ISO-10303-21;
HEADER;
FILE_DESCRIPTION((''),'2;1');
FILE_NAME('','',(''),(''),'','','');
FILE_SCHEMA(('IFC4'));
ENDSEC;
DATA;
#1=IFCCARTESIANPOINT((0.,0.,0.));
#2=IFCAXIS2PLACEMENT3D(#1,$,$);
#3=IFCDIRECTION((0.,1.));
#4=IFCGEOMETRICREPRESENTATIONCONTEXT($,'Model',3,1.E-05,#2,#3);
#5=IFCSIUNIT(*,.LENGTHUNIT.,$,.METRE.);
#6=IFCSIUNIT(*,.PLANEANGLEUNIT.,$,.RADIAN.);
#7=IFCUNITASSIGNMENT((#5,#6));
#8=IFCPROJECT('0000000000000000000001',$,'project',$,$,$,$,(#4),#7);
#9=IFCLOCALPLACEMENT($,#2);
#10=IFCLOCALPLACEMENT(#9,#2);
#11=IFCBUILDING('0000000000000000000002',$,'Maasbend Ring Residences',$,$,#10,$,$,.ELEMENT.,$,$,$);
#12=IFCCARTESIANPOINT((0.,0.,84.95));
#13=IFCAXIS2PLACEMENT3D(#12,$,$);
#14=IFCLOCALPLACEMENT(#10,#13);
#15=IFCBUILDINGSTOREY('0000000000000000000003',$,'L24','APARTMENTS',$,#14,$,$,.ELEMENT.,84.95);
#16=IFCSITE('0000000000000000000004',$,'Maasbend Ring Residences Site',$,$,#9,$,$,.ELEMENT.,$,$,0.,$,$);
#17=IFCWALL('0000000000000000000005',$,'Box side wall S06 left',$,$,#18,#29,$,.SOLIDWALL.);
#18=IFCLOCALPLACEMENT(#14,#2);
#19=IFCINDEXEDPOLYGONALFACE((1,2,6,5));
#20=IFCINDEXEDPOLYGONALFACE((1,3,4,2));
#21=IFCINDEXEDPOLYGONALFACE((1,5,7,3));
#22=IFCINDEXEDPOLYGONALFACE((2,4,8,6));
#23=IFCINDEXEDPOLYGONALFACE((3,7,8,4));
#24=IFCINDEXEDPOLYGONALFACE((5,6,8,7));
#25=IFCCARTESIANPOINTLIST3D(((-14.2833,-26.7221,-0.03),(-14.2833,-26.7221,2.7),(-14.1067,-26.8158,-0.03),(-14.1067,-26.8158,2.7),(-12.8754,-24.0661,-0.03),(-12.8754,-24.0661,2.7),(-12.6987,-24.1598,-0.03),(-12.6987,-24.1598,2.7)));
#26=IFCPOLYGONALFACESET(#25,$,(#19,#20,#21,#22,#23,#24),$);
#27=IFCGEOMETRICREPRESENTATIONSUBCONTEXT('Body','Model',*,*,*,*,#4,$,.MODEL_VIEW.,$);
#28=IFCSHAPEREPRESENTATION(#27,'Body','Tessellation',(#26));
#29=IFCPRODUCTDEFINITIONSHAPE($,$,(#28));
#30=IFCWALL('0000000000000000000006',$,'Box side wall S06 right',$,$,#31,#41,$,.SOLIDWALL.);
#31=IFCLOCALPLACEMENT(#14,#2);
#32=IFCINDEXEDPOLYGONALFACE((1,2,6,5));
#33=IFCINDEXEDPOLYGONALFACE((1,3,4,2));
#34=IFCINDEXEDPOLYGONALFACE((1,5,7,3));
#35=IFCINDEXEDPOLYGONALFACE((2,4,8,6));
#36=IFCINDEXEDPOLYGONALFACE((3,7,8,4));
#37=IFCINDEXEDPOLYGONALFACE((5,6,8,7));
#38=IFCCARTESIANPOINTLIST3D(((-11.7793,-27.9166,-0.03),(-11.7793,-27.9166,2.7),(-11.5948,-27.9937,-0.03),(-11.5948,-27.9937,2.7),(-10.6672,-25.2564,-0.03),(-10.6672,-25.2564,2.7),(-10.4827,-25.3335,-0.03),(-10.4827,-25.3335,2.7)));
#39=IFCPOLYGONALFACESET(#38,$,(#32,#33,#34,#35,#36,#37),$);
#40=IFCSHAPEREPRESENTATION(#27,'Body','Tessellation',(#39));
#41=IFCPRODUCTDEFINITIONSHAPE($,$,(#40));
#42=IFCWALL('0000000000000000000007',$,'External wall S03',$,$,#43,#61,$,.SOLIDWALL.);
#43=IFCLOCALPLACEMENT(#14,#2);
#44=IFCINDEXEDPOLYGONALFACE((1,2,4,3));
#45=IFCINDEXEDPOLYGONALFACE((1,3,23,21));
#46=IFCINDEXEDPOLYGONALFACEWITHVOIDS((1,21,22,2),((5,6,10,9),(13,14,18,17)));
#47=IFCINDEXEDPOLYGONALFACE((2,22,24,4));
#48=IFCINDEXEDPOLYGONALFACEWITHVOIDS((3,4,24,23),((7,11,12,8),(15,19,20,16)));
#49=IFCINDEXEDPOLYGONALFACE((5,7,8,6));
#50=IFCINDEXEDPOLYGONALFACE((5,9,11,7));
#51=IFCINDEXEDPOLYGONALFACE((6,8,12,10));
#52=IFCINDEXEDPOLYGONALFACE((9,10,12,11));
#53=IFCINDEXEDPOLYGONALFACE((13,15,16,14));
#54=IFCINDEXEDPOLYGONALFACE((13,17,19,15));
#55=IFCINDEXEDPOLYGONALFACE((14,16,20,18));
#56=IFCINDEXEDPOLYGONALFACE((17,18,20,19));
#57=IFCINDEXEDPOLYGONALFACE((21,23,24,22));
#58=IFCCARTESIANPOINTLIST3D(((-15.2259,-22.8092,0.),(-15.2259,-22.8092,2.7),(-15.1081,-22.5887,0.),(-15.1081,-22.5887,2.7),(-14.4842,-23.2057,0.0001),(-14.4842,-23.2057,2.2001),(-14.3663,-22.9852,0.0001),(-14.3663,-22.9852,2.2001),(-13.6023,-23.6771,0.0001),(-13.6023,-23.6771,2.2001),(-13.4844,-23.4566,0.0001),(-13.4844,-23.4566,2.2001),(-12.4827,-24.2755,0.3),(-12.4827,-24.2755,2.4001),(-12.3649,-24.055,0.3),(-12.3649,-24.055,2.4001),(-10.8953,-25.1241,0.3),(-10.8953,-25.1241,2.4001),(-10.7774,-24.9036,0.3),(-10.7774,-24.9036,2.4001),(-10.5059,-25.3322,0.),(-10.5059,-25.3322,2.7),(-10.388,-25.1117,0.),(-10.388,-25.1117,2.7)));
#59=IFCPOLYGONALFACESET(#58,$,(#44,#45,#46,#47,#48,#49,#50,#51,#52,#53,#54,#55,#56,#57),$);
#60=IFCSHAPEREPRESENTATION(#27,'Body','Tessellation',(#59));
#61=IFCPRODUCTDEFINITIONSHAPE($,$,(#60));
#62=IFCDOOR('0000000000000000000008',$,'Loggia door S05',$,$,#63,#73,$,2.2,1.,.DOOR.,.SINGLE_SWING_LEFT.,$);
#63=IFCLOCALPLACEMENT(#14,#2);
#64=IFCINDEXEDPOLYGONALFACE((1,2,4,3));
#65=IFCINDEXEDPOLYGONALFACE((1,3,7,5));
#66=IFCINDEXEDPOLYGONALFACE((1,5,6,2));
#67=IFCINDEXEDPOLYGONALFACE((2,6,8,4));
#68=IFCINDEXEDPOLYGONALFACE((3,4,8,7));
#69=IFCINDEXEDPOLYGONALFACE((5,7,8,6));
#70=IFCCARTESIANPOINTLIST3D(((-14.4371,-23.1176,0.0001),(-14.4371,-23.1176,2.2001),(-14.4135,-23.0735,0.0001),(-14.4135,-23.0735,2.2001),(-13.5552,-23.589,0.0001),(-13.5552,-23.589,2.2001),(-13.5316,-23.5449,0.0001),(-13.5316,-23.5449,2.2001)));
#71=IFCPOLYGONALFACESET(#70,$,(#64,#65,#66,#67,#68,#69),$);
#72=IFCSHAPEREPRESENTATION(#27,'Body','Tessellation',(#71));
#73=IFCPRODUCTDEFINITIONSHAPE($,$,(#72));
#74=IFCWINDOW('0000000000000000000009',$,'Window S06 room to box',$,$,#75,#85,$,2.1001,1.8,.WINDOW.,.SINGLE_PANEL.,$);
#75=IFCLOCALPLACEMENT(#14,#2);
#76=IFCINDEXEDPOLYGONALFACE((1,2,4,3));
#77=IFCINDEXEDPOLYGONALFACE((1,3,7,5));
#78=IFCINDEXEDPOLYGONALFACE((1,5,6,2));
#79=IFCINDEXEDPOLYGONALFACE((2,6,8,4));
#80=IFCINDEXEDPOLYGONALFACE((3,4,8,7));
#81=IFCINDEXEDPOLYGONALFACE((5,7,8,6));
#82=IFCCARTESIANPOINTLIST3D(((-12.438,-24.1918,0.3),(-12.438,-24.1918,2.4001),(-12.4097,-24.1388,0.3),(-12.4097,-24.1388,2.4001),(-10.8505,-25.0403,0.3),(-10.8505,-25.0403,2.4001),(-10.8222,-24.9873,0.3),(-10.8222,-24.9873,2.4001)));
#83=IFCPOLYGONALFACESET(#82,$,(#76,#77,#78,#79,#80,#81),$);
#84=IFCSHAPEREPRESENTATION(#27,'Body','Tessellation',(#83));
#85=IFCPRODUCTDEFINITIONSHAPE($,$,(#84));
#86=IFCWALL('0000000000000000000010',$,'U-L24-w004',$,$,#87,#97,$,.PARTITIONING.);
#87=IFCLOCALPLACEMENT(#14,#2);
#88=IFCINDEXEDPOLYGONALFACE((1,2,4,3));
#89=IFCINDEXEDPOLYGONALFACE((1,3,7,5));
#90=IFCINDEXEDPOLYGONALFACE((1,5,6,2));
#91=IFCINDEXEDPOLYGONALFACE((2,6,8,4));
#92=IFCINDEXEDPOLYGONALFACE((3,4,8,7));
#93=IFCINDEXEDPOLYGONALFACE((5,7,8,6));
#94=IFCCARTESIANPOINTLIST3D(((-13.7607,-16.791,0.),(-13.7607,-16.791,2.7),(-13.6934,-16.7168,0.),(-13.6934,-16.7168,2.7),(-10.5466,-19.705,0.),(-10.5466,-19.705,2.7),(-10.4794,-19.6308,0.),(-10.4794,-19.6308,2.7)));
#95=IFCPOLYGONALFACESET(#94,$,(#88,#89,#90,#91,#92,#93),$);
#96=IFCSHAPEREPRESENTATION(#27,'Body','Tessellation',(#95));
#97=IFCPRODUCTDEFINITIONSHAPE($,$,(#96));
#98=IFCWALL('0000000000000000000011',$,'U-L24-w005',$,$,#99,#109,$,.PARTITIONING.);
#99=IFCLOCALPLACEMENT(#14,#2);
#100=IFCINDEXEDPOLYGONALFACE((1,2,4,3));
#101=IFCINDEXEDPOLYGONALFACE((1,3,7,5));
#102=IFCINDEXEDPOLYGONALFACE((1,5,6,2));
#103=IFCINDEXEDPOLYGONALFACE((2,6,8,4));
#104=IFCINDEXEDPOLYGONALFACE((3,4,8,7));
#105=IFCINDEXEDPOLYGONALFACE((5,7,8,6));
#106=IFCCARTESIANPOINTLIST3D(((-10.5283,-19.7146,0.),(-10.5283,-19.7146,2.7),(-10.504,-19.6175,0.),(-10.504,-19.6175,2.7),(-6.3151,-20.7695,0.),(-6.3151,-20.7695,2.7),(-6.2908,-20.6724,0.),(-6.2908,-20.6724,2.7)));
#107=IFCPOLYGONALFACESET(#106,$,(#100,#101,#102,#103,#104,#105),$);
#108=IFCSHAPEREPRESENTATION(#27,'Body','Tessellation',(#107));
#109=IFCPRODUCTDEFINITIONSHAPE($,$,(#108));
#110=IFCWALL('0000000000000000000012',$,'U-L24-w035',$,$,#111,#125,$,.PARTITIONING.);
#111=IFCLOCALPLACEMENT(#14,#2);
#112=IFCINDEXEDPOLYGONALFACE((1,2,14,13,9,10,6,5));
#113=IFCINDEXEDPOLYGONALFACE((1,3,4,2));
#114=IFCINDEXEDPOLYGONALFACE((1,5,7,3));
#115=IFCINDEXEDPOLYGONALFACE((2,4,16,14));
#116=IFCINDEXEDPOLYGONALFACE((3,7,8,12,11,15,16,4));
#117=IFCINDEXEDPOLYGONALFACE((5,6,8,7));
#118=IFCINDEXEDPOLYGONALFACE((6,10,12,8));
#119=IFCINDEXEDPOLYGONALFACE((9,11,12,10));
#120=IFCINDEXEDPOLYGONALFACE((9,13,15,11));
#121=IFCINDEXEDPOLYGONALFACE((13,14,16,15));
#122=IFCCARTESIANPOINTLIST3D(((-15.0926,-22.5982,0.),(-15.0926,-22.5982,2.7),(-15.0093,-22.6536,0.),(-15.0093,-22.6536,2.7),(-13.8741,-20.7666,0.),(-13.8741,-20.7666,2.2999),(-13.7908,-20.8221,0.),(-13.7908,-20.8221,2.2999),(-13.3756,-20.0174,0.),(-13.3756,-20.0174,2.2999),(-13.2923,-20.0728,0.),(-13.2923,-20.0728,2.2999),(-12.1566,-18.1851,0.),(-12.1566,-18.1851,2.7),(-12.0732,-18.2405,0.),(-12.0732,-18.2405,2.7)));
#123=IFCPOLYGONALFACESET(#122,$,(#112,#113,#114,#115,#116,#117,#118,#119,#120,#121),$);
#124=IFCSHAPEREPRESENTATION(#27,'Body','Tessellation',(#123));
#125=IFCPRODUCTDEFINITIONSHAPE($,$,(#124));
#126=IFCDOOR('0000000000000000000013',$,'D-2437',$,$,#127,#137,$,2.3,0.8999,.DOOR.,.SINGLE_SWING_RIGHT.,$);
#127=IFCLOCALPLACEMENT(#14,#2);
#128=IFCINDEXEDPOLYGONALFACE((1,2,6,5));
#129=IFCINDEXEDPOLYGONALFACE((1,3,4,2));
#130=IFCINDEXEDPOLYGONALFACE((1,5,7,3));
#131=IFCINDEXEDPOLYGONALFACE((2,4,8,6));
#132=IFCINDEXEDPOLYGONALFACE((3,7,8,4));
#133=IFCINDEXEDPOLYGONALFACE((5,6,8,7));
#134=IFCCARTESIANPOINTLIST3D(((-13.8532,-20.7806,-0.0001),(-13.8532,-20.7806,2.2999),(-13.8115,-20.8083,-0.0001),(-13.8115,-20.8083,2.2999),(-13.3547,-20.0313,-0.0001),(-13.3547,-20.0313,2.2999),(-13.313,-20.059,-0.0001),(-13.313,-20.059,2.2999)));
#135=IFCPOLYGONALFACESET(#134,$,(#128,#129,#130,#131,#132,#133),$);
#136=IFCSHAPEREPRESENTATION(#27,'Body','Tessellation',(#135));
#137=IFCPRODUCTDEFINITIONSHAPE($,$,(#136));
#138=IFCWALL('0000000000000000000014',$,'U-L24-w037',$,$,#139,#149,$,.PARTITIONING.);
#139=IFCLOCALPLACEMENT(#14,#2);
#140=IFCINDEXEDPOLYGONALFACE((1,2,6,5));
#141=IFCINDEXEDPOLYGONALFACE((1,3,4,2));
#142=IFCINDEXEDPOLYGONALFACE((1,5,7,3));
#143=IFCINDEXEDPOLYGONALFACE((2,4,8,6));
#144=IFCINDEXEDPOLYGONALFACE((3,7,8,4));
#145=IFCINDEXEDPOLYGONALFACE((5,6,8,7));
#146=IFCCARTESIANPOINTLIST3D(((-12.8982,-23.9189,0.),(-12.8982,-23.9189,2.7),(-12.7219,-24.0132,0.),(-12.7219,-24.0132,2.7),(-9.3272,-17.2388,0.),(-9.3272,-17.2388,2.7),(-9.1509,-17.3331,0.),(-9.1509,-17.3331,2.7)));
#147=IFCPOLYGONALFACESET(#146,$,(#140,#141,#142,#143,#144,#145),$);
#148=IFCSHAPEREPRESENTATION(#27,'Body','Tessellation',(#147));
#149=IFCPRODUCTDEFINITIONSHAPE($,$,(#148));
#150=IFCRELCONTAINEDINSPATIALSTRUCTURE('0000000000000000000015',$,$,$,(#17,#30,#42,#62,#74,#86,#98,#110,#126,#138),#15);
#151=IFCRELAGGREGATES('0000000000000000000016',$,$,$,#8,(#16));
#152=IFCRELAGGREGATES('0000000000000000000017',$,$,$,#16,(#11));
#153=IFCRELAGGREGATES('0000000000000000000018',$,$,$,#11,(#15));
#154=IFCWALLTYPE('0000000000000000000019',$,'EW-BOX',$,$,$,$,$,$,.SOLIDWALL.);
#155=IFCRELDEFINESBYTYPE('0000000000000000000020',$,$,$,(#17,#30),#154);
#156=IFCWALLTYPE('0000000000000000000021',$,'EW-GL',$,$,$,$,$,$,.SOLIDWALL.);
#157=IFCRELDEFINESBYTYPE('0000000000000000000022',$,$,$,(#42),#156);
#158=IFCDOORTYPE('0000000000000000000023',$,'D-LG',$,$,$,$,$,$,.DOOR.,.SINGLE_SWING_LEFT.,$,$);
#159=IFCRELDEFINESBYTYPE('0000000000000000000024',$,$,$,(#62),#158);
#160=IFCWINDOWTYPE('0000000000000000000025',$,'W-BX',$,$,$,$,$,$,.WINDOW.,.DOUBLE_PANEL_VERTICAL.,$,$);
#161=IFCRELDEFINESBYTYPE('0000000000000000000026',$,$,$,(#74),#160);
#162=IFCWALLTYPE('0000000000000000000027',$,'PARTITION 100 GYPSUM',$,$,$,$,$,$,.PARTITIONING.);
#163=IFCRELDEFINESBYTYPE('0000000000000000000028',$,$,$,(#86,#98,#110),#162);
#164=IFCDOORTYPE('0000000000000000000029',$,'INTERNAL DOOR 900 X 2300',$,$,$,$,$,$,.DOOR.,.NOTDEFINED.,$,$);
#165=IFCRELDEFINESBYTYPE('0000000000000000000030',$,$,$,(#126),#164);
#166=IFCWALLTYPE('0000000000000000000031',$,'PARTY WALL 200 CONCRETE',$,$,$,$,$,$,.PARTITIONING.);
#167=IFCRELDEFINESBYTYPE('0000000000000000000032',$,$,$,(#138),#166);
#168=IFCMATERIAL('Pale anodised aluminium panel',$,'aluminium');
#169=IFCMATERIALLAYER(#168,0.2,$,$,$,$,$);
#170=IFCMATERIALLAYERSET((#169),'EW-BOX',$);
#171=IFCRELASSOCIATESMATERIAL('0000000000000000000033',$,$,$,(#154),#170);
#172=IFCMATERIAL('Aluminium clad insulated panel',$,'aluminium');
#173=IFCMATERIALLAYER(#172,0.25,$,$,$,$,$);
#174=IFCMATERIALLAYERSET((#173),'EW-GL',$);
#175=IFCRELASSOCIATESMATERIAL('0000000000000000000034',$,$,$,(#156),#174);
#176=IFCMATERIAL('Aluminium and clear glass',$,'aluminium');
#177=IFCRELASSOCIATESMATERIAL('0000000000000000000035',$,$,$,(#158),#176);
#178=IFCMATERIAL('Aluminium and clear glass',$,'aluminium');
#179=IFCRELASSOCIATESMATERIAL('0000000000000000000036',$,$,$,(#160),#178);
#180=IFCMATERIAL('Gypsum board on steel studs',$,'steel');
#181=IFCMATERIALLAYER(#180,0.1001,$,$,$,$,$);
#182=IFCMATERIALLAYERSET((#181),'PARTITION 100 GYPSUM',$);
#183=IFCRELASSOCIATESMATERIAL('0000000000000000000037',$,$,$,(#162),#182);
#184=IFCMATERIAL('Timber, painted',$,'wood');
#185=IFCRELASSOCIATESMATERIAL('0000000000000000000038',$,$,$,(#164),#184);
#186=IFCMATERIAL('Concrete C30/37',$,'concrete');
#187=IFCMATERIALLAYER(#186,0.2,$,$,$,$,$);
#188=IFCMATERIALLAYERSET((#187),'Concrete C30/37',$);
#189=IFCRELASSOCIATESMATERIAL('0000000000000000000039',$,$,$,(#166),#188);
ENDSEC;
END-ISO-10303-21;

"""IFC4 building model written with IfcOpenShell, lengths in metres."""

from ifc_helpers import new_model, si_unit, direction, frame, frame_2d, origin, place, context, subcontext, project, spatial, rectangle, extrude, material, layer, layer_set, type_object, element, fill, save


model = new_model("IFC4")

# Units and contexts
model_context = context("Model", 3, precision=1e-05, world=origin(), true_north=direction((0.0, 1.0)))
body_context = subcontext(model_context, "Body", "Model", "MODEL_VIEW")
ifc_project = project(units=[si_unit("LENGTHUNIT", "METRE"), si_unit("PLANEANGLEUNIT", "RADIAN")], contexts=[model_context])

# Site, building, storey
site_placement = place(None, origin())
site = spatial("IfcSite", under=ifc_project, at=site_placement, Name="Maasbend Ring Residences Site", CompositionType="ELEMENT", RefElevation=0.0)
building_placement = place(site_placement, origin())
building = spatial("IfcBuilding", under=site, at=building_placement, Name="Maasbend Ring Residences", CompositionType="ELEMENT")
storey_placement = place(building_placement, frame((0.0, 0.0, 84.95)))
storey = spatial("IfcBuildingStorey", under=building, at=storey_placement, Name="L24", Description="APARTMENTS", CompositionType="ELEMENT", Elevation=84.95)

# Shared definitions
ifc_material_1 = material(Name="Pale anodised aluminium panel", Category="aluminium")
ifc_layer_1 = layer(ifc_material_1, 0.2)
ifc_layer_set_1 = layer_set([ifc_layer_1], Name="EW-BOX")
wall_type_1 = type_object("IfcWallType", Name="EW-BOX", PredefinedType="SOLIDWALL", material=ifc_layer_set_1)

# Walls
wall_1_placement = place(storey_placement, frame((-12.7871, -24.113, -0.03), z_axis=(0.0, 0.0, 1.0), x_axis=(-0.468365, -0.883535, 0.0)))
element("IfcWall", 1, at=wall_1_placement, inside=storey, type_object=wall_type_1, Name="Box side wall S06 left", PredefinedType="SOLIDWALL", context=body_context, shape_type="SweptSolid", body=[
    extrude(rectangle(XDim=3.0061, YDim=0.2, at=frame_2d((1.5029, 0.0))), origin(), (0.0, 0.0, 1.0), 2.73),
])
wall_2_placement = place(storey_placement, frame((-10.575, -25.2949, -0.03), z_axis=(0.0, 0.0, 1.0), x_axis=(-0.385697, -0.922625, 0.0)))
element("IfcWall", 2, at=wall_2_placement, inside=storey, type_object=wall_type_1, Name="Box side wall S06 right", PredefinedType="SOLIDWALL", context=body_context, shape_type="SweptSolid", body=[
    extrude(rectangle(XDim=2.8833, YDim=0.2, at=frame_2d((1.4417, 0.0))), origin(), (0.0, 0.0, 1.0), 2.73),
])

# Wall, openings, door, window
ifc_material_2 = material(Name="Aluminium clad insulated panel", Category="aluminium")
ifc_layer_2 = layer(ifc_material_2, 0.25)
ifc_layer_set_2 = layer_set([ifc_layer_2], Name="EW-GL")
wall_type_2 = type_object("IfcWallType", Name="EW-GL", PredefinedType="SOLIDWALL", material=ifc_layer_set_2)
wall_3_placement = place(storey_placement, frame((-15.167, -22.699, 0.0), z_axis=(0.0, 0.0, 1.0), x_axis=(0.881916, -0.471407, 0.0)))
wall_3 = element("IfcWall", 3, at=wall_3_placement, inside=storey, type_object=wall_type_2, Name="External wall S03", PredefinedType="SOLIDWALL", context=body_context, shape_type="SweptSolid", body=[
    extrude(rectangle(XDim=5.3521, YDim=0.25, at=frame_2d((2.676, 0.0))), origin(), (0.0, 0.0, 1.0), 2.7),
])
opening_1_placement = place(wall_3_placement, frame((0.8411, 0.0, 0.0)))
opening_1 = element("IfcOpeningElement", 4, at=opening_1_placement, cuts=wall_3, PredefinedType="OPENING", context=body_context, shape_type="SweptSolid", body=[
    extrude(rectangle(XDim=1.0, YDim=2.2, at=frame_2d((0.5, 1.1001))), frame((0.0, 0.135, 0.0), z_axis=(0.0, -1.0, 0.0), x_axis=(1.0, 0.0, 0.0)), (0.0, 0.0, 1.0), 0.27),
])
opening_2_placement = place(wall_3_placement, frame((3.1106, 0.0, 0.3)))
opening_2 = element("IfcOpeningElement", 5, at=opening_2_placement, cuts=wall_3, PredefinedType="OPENING", context=body_context, shape_type="SweptSolid", body=[
    extrude(rectangle(XDim=1.8, YDim=2.1001, at=frame_2d((0.8999, 1.05))), frame((0.0, 0.135, 0.0), z_axis=(0.0, -1.0, 0.0), x_axis=(1.0, 0.0, 0.0)), (0.0, 0.0, 1.0), 0.27),
])
ifc_material_3 = material(Name="Aluminium and clear glass", Category="aluminium")
door_type_1 = type_object("IfcDoorType", Name="D-LG", OperationType="SINGLE_SWING_LEFT", PredefinedType="DOOR", material=ifc_material_3)
door_1_placement = place(opening_1_placement, origin())
door_1 = element("IfcDoor", 6, at=door_1_placement, inside=storey, type_object=door_type_1, Name="Loggia door S05", OperationType="SINGLE_SWING_LEFT", OverallHeight=2.2, OverallWidth=1.0, PredefinedType="DOOR", context=body_context, shape_type="SweptSolid", body=[
    extrude(rectangle(XDim=1.0, YDim=2.2, at=frame_2d((0.5, 1.1001))), frame((0.0, 0.0249, 0.0), z_axis=(0.0, -1.0, 0.0), x_axis=(1.0, 0.0, 0.0)), (0.0, 0.0, 1.0), 0.05),
])
fill(opening_1, door_1)
ifc_material_4 = material(Name="Aluminium and clear glass", Category="aluminium")
window_type_1 = type_object("IfcWindowType", Name="W-BX", PartitioningType="DOUBLE_PANEL_VERTICAL", PredefinedType="WINDOW", material=ifc_material_4)
window_1_placement = place(opening_2_placement, origin())
window_1 = element("IfcWindow", 7, at=window_1_placement, inside=storey, type_object=window_type_1, Name="Window S06 room to box", OverallHeight=2.1001, OverallWidth=1.8, PartitioningType="SINGLE_PANEL", PredefinedType="WINDOW", context=body_context, shape_type="SweptSolid", body=[
    extrude(rectangle(XDim=1.8, YDim=2.1001, at=frame_2d((0.8999, 1.05))), frame((0.0, 0.03, 0.0), z_axis=(0.0, -1.0, 0.0), x_axis=(1.0, 0.0, 0.0)), (0.0, 0.0, 1.0), 0.0601),
])
fill(opening_2, window_1)

# Walls
ifc_material_5 = material(Name="Gypsum board on steel studs", Category="steel")
ifc_layer_3 = layer(ifc_material_5, 0.1001)
ifc_layer_set_3 = layer_set([ifc_layer_3], Name="PARTITION 100 GYPSUM")
wall_type_3 = type_object("IfcWallType", Name="PARTITION 100 GYPSUM", PredefinedType="PARTITIONING", material=ifc_layer_set_3)
wall_4_placement = place(storey_placement, frame((-13.7271, -16.7539, 0.0), z_axis=(0.0, 0.0, 1.0), x_axis=(0.740841, -0.671681, 0.0)))
element("IfcWall", 8, at=wall_4_placement, inside=storey, type_object=wall_type_3, Name="U-L24-w004", PredefinedType="PARTITIONING", context=body_context, shape_type="SweptSolid", body=[
    extrude(rectangle(XDim=4.3384, YDim=0.1001, at=frame_2d((2.1692, 0.0))), origin(), (0.0, 0.0, 1.0), 2.7),
])
wall_5_placement = place(storey_placement, frame((-10.5161, -19.666, 0.0), z_axis=(0.0, 0.0, 1.0), x_axis=(0.970053, -0.242893, 0.0)))
element("IfcWall", 9, at=wall_5_placement, inside=storey, type_object=wall_type_3, Name="U-L24-w005", PredefinedType="PARTITIONING", context=body_context, shape_type="SweptSolid", body=[
    extrude(rectangle(XDim=4.3433, YDim=0.1001, at=frame_2d((2.1716, 0.0))), origin(), (0.0, 0.0, 1.0), 2.7),
])

# Wall, opening, door
wall_6_placement = place(storey_placement, frame((-15.051, -22.626, 0.0), z_axis=(0.0, 0.0, 1.0), x_axis=(0.553913, 0.832574, 0.0)))
wall_6 = element("IfcWall", 10, at=wall_6_placement, inside=storey, type_object=wall_type_3, Name="U-L24-w035", PredefinedType="PARTITIONING", context=body_context, shape_type="SweptSolid", body=[
    extrude(rectangle(XDim=5.3005, YDim=0.1001, at=frame_2d((2.6504, 0.0))), origin(), (0.0, 0.0, 1.0), 2.7),
])
opening_3_placement = place(wall_6_placement, frame((2.2, 0.0, 0.0)))
opening_3 = element("IfcOpeningElement", 11, at=opening_3_placement, cuts=wall_6, PredefinedType="OPENING", context=body_context, shape_type="SweptSolid", body=[
    extrude(rectangle(XDim=0.8999, YDim=2.3, at=frame_2d((0.45, 1.1499))), frame((0.0, 0.0601, 0.0), z_axis=(0.0, -1.0, 0.0), x_axis=(1.0, 0.0, 0.0)), (0.0, 0.0, 1.0), 0.1201),
])
ifc_material_6 = material(Name="Timber, painted", Category="wood")
door_type_2 = type_object("IfcDoorType", Name="INTERNAL DOOR 900 X 2300", OperationType="NOTDEFINED", PredefinedType="DOOR", material=ifc_material_6)
door_2_placement = place(opening_3_placement, origin())
door_2 = element("IfcDoor", 12, at=door_2_placement, inside=storey, type_object=door_type_2, Name="D-2437", OperationType="SINGLE_SWING_RIGHT", OverallHeight=2.3, OverallWidth=0.8999, PredefinedType="DOOR", context=body_context, shape_type="SweptSolid", body=[
    extrude(rectangle(XDim=0.8999, YDim=2.3, at=frame_2d((0.45, 1.1499))), frame((0.0, 0.0249, 0.0), z_axis=(0.0, -1.0, 0.0), x_axis=(1.0, 0.0, 0.0)), (0.0, 0.0, 1.0), 0.05),
])
fill(opening_3, door_2)

# Wall
ifc_material_7 = material(Name="Concrete C30/37", Category="concrete")
ifc_layer_4 = layer(ifc_material_7, 0.2)
ifc_layer_set_4 = layer_set([ifc_layer_4], Name="Concrete C30/37")
wall_type_4 = type_object("IfcWallType", Name="PARTY WALL 200 CONCRETE", PredefinedType="PARTITIONING", material=ifc_layer_set_4)
wall_7_placement = place(storey_placement, frame((-12.8101, -23.9661, 0.0), z_axis=(0.0, 0.0, 1.0), x_axis=(0.47144, 0.881898, 0.0)))
element("IfcWall", 13, at=wall_7_placement, inside=storey, type_object=wall_type_4, Name="U-L24-w037", PredefinedType="PARTITIONING", context=body_context, shape_type="SweptSolid", body=[
    extrude(rectangle(XDim=7.5747, YDim=0.2, at=frame_2d((3.7874, 0.0))), origin(), (0.0, 0.0, 1.0), 2.7),
])

save(model, "model.ifc")
